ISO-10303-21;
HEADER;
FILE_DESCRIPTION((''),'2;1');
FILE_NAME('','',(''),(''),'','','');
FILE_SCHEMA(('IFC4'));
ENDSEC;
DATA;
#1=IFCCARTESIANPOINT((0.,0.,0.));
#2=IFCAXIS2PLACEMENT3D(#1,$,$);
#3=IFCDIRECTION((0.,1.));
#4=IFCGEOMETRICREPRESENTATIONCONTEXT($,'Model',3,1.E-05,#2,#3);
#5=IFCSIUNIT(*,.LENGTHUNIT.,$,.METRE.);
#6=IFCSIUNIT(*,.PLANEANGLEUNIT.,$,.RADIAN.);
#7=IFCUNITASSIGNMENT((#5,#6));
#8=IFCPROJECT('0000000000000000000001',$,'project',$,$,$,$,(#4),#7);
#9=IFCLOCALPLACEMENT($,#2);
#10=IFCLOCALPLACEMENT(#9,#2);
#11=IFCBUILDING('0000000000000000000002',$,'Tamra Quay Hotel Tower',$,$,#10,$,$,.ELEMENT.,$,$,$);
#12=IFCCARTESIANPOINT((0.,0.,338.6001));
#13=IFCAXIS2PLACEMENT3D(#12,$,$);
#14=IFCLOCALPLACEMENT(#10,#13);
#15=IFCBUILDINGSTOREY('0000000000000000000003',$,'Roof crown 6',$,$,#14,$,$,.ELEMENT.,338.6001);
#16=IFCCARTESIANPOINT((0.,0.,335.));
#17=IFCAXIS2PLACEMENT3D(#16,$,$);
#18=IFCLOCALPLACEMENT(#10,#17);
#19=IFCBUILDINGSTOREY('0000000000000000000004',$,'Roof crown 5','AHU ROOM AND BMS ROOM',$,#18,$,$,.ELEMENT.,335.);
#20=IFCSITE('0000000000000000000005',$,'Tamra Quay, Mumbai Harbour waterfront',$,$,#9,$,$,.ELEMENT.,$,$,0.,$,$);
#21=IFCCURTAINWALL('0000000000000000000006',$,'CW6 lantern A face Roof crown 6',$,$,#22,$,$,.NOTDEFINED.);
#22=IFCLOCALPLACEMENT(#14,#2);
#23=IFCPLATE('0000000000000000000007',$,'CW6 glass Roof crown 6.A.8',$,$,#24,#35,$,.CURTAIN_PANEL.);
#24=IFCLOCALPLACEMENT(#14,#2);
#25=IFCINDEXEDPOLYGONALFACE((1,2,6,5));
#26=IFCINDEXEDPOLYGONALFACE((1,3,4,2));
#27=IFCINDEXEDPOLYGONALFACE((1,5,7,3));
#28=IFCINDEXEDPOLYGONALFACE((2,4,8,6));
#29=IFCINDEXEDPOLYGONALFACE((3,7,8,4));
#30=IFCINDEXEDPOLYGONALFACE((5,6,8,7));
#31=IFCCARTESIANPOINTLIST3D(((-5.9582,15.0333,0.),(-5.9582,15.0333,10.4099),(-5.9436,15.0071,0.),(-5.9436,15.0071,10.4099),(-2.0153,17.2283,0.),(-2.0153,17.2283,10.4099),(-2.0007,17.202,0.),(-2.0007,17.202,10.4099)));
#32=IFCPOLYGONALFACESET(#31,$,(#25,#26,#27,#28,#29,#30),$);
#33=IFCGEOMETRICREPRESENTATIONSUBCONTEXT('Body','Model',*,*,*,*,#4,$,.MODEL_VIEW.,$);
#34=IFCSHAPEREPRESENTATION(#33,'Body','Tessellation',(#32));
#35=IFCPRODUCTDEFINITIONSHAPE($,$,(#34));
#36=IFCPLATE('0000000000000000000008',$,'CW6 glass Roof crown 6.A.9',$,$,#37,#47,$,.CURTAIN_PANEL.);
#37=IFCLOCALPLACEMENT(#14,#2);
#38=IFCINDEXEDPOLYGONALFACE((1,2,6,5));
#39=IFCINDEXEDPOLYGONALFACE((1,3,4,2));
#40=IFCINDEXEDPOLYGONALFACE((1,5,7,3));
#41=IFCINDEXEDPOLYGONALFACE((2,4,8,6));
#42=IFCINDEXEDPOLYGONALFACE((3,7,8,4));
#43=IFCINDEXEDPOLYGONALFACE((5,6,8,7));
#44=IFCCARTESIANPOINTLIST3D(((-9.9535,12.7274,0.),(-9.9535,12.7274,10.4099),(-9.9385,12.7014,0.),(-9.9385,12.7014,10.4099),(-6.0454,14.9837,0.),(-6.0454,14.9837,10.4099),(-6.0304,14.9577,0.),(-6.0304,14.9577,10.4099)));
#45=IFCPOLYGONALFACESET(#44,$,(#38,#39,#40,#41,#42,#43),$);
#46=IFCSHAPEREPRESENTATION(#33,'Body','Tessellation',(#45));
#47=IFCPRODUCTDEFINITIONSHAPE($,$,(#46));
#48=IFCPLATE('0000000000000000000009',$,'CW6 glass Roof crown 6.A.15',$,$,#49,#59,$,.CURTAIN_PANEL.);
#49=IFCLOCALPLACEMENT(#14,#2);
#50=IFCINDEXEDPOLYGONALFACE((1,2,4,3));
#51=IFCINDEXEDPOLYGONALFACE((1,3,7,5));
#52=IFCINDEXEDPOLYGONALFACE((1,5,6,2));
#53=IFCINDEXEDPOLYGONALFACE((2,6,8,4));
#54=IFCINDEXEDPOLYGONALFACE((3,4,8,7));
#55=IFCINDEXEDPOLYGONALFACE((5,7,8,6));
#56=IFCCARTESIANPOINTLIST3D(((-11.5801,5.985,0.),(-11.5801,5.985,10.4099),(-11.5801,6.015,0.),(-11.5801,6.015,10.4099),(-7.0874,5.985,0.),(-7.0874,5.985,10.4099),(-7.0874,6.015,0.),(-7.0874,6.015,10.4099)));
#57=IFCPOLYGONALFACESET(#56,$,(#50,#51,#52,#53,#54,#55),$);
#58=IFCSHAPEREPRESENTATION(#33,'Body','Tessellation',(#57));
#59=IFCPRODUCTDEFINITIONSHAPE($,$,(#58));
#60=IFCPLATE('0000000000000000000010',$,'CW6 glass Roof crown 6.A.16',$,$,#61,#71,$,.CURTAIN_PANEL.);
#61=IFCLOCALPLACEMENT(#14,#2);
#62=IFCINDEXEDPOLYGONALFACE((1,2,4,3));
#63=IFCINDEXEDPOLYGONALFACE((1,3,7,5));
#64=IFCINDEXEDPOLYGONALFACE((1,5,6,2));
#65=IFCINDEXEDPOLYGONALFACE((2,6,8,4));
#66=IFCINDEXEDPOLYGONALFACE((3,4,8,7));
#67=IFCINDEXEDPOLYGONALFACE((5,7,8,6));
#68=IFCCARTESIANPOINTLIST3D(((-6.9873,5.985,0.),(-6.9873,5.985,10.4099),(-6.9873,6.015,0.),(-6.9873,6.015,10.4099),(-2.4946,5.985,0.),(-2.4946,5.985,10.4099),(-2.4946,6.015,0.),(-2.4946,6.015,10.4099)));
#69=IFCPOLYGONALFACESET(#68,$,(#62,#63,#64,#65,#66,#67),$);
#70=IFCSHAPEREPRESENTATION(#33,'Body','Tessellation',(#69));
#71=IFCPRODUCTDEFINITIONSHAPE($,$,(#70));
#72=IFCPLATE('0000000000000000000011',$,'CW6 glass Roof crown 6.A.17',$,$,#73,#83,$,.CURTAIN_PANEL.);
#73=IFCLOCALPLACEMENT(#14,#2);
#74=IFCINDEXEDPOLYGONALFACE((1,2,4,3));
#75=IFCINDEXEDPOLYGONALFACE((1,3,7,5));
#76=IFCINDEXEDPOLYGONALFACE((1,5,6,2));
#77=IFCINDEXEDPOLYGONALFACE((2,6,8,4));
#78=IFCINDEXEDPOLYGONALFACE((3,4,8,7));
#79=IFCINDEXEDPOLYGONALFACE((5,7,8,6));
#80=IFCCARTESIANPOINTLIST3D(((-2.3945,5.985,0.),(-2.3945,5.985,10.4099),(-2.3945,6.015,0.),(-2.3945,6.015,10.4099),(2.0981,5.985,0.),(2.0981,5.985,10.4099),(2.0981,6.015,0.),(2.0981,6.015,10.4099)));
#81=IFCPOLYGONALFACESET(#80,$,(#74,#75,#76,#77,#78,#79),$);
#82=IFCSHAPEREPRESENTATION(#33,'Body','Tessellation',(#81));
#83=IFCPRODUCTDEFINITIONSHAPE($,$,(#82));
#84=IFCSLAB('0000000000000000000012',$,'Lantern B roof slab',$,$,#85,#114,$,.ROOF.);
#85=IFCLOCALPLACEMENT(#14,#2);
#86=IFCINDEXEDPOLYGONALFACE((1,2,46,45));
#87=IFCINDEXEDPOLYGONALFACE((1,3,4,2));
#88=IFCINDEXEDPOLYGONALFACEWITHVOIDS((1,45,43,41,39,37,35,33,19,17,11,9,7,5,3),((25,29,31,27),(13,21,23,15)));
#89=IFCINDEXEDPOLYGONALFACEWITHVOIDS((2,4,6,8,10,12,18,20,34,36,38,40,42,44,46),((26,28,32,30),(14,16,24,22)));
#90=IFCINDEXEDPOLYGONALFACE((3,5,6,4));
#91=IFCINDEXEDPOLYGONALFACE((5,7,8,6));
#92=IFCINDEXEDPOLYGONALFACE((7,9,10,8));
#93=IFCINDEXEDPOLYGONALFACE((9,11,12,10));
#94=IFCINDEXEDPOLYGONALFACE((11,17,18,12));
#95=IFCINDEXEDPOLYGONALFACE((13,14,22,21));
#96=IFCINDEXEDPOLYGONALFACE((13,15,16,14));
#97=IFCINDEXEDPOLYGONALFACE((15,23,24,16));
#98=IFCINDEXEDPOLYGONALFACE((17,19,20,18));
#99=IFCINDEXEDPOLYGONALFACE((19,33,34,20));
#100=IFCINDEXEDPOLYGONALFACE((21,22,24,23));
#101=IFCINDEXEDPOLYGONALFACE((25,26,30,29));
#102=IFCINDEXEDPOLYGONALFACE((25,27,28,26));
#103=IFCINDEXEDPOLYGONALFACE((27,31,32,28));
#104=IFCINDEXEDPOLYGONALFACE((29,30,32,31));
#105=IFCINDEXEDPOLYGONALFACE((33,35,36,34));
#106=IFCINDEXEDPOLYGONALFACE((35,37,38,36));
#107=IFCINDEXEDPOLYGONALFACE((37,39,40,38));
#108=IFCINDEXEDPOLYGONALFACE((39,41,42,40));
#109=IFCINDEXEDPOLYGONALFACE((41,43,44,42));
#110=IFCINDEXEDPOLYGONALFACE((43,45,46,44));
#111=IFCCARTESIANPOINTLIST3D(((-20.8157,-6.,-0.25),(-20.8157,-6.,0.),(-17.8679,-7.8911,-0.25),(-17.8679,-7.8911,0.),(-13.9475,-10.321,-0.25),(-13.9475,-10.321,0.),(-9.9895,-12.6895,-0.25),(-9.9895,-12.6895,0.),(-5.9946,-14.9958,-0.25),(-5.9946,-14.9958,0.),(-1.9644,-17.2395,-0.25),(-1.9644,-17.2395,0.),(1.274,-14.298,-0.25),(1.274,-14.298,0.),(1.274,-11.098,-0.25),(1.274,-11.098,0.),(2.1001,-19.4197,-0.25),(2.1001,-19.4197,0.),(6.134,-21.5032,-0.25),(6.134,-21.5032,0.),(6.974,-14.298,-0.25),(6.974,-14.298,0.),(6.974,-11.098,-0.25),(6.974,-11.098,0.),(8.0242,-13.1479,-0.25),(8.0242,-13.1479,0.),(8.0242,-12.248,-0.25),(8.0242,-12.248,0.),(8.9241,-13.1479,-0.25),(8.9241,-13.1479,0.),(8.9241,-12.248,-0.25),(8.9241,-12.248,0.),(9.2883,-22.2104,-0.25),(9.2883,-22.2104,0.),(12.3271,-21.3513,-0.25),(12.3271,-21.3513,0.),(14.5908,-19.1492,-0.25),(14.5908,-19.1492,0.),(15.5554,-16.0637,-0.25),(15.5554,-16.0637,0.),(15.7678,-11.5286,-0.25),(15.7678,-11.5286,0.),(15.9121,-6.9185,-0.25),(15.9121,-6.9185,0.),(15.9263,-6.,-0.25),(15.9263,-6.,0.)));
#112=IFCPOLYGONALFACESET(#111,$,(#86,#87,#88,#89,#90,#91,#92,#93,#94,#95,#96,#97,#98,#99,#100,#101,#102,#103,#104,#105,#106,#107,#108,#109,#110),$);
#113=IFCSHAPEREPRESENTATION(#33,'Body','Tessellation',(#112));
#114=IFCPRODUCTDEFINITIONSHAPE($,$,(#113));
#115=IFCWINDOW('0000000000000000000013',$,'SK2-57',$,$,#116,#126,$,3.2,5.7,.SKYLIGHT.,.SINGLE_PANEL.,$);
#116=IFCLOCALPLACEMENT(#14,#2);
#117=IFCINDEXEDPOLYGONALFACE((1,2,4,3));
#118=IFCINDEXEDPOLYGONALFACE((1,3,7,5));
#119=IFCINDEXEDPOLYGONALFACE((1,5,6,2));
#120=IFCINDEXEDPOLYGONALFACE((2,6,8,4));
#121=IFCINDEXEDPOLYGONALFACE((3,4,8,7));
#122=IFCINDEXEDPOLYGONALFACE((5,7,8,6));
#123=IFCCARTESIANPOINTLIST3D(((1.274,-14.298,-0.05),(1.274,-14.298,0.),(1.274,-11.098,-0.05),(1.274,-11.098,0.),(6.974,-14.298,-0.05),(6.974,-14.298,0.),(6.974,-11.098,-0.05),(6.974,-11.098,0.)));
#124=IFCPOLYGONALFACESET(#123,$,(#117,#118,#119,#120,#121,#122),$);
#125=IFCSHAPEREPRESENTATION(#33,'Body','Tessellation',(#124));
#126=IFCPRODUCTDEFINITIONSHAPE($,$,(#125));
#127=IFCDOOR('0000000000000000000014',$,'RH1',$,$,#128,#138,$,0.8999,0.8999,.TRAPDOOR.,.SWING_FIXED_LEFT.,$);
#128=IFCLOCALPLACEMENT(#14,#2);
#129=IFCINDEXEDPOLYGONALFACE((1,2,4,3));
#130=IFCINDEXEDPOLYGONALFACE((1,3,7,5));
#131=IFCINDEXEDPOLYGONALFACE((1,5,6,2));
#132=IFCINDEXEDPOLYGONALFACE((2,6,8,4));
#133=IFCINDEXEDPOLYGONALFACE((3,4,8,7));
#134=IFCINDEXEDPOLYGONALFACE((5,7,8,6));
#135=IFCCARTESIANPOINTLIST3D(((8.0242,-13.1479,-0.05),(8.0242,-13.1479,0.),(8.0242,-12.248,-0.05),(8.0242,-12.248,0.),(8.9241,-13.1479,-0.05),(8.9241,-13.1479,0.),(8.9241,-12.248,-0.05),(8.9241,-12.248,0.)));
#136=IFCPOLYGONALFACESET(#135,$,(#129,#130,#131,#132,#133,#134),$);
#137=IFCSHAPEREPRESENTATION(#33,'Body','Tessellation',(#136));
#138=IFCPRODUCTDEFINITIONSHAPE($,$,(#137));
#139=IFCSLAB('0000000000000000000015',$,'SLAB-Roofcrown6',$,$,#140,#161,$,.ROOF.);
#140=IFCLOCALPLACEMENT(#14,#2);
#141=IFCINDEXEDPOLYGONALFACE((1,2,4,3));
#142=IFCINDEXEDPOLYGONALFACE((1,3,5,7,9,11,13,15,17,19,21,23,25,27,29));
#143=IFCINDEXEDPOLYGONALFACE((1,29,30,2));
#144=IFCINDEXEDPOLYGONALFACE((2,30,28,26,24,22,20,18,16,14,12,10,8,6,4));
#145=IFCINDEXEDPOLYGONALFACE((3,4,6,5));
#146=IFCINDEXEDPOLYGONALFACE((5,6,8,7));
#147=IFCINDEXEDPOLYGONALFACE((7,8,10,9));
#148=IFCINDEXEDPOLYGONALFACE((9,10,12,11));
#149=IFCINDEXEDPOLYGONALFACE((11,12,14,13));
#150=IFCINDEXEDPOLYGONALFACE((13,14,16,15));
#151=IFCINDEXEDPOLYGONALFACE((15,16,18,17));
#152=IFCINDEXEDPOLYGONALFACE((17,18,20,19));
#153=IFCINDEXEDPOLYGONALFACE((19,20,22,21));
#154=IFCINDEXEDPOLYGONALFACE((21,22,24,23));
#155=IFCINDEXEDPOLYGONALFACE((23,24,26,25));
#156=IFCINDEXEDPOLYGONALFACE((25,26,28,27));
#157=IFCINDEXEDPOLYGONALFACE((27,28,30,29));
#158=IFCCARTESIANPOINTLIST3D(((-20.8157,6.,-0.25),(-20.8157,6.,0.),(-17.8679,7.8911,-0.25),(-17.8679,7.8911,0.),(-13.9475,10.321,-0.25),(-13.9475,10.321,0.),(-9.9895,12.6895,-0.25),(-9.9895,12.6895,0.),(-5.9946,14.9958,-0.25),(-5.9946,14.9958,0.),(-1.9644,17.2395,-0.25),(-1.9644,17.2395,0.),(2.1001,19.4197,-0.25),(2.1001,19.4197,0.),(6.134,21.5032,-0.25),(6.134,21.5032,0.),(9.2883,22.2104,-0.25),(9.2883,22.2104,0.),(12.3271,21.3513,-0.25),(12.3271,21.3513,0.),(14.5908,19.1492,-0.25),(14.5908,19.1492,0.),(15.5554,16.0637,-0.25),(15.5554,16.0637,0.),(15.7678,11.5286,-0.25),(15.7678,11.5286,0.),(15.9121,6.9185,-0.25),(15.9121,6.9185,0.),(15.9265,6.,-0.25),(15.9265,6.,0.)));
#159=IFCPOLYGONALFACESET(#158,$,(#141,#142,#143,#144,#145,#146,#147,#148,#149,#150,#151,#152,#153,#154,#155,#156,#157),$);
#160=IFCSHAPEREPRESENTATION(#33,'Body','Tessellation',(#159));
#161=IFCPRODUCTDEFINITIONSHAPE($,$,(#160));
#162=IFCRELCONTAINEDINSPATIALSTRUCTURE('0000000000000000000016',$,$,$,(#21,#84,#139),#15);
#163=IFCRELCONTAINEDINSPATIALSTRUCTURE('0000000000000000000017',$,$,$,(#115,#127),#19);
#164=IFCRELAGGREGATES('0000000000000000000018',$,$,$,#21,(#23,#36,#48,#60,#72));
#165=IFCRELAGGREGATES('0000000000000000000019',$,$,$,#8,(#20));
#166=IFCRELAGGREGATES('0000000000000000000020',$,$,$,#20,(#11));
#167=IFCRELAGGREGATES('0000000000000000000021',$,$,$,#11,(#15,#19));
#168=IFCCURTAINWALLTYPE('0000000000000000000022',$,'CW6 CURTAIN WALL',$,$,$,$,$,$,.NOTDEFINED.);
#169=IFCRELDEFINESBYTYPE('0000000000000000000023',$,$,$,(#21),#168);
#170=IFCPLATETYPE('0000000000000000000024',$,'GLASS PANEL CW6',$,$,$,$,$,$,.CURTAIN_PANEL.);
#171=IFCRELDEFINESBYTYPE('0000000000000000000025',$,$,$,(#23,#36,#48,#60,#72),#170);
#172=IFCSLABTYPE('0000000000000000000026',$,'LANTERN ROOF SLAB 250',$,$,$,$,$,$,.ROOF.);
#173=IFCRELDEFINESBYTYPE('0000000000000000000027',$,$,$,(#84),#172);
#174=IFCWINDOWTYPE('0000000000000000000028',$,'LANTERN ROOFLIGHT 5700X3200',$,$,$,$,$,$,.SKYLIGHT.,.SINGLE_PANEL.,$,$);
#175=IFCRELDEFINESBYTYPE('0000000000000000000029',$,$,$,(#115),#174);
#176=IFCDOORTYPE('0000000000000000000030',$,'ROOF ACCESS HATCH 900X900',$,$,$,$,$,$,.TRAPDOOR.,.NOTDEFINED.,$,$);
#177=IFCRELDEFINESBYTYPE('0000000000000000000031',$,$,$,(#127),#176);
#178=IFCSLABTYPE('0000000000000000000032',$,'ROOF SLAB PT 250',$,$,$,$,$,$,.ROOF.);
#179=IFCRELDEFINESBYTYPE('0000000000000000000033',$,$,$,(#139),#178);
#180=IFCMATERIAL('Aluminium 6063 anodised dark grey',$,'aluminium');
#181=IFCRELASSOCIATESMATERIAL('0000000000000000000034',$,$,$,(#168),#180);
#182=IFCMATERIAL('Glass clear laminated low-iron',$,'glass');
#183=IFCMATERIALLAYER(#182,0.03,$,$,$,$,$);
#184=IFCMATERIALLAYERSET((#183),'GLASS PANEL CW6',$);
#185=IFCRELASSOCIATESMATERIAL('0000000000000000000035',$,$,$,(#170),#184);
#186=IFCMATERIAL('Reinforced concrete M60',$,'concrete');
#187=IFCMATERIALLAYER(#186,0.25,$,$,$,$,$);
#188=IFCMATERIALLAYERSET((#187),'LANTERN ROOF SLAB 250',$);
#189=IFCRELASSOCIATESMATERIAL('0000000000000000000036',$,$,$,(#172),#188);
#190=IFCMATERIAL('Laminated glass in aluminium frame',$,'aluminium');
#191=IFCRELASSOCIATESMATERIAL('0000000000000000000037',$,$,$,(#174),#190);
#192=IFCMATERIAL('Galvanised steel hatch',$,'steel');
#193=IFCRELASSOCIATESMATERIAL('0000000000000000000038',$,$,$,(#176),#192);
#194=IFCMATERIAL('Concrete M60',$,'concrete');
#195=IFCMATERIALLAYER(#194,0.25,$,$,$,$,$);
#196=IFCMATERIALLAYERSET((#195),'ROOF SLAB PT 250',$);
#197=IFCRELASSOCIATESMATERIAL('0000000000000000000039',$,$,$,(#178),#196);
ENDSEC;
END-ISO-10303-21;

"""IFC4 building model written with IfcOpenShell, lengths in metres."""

from ifc_helpers import new_model, si_unit, direction, frame, origin, origin_2d, place, context, subcontext, project, spatial, polyline, rectangle, outline, extrude, material, layer, layer_set, type_object, element, fill, aggregate, save


model = new_model("IFC4")

# Units and contexts
model_context = context("Model", 3, precision=1e-05, world=origin(), true_north=direction((0.0, 1.0)))
body_context = subcontext(model_context, "Body", "Model", "MODEL_VIEW")
ifc_project = project(units=[si_unit("LENGTHUNIT", "METRE"), si_unit("PLANEANGLEUNIT", "RADIAN")], contexts=[model_context])

# Site, building, storey
site_placement = place(None, origin())
site = spatial("IfcSite", under=ifc_project, at=site_placement, Name="Tamra Quay, Mumbai Harbour waterfront", CompositionType="ELEMENT", RefElevation=0.0)
building_placement = place(site_placement, origin())
building = spatial("IfcBuilding", under=site, at=building_placement, Name="Tamra Quay Hotel Tower", CompositionType="ELEMENT")
storey_1_placement = place(building_placement, frame((0.0, 0.0, 338.6001)))
storey_1 = spatial("IfcBuildingStorey", under=building, at=storey_1_placement, Name="Roof crown 6", CompositionType="ELEMENT", Elevation=338.6001)

# Curtain wall, plates
ifc_material_1 = material(Name="Aluminium 6063 anodised dark grey", Category="aluminium")
curtain_wall_type = type_object("IfcCurtainWallType", Name="CW6 CURTAIN WALL", PredefinedType="NOTDEFINED", material=ifc_material_1)
curtain_wall_placement = place(storey_1_placement, origin())
curtain_wall = element("IfcCurtainWall", 1, at=curtain_wall_placement, inside=storey_1, type_object=curtain_wall_type, Name="CW6 lantern A face Roof crown 6", PredefinedType="NOTDEFINED")
ifc_material_2 = material(Name="Glass clear laminated low-iron", Category="glass")
ifc_layer_1 = layer(ifc_material_2, 0.03)
ifc_layer_set_1 = layer_set([ifc_layer_1], Name="GLASS PANEL CW6")
plate_type = type_object("IfcPlateType", Name="GLASS PANEL CW6", PredefinedType="CURTAIN_PANEL", material=ifc_layer_set_1)
plate_1_placement = place(storey_1_placement, frame((-3.9795, 16.1177, 0.0), z_axis=(0.0, 0.0, 1.0), x_axis=(-0.873736, -0.486401, 0.0)))
plate_1 = element("IfcPlate", 2, at=plate_1_placement, type_object=plate_type, Name="CW6 glass Roof crown 6.A.8", PredefinedType="CURTAIN_PANEL", context=body_context, shape_type="SweptSolid", body=[
    extrude(rectangle(XDim=4.5127, YDim=0.03, at=origin_2d()), origin(), (0.0, 0.0, 1.0), 10.4099),
])
plate_2_placement = place(storey_1_placement, frame((-7.9919, 13.8425, 0.0), z_axis=(0.0, 0.0, 1.0), x_axis=(-0.866025, -0.5, 0.0)))
plate_2 = element("IfcPlate", 3, at=plate_2_placement, type_object=plate_type, Name="CW6 glass Roof crown 6.A.9", PredefinedType="CURTAIN_PANEL", context=body_context, shape_type="SweptSolid", body=[
    extrude(rectangle(XDim=4.5127, YDim=0.03, at=origin_2d()), origin(), (0.0, 0.0, 1.0), 10.4099),
])
plate_3_placement = place(storey_1_placement, frame((-9.3337, 6.0, 0.0), z_axis=(0.0, 0.0, 1.0), x_axis=(1.0, 0.0, 0.0)))
plate_3 = element("IfcPlate", 4, at=plate_3_placement, type_object=plate_type, Name="CW6 glass Roof crown 6.A.15", PredefinedType="CURTAIN_PANEL", context=body_context, shape_type="SweptSolid", body=[
    extrude(rectangle(XDim=4.4927, YDim=0.03, at=origin_2d()), origin(), (0.0, 0.0, 1.0), 10.4099),
])
plate_4_placement = place(storey_1_placement, frame((-4.741, 6.0, 0.0), z_axis=(0.0, 0.0, 1.0), x_axis=(1.0, 0.0, 0.0)))
plate_4 = element("IfcPlate", 5, at=plate_4_placement, type_object=plate_type, Name="CW6 glass Roof crown 6.A.16", PredefinedType="CURTAIN_PANEL", context=body_context, shape_type="SweptSolid", body=[
    extrude(rectangle(XDim=4.4927, YDim=0.03, at=origin_2d()), origin(), (0.0, 0.0, 1.0), 10.4099),
])
plate_5_placement = place(storey_1_placement, frame((-0.1482, 6.0, 0.0), z_axis=(0.0, 0.0, 1.0), x_axis=(1.0, 0.0, 0.0)))
plate_5 = element("IfcPlate", 6, at=plate_5_placement, type_object=plate_type, Name="CW6 glass Roof crown 6.A.17", PredefinedType="CURTAIN_PANEL", context=body_context, shape_type="SweptSolid", body=[
    extrude(rectangle(XDim=4.4927, YDim=0.03, at=origin_2d()), origin(), (0.0, 0.0, 1.0), 10.4099),
])
aggregate(curtain_wall, [plate_1, plate_2, plate_3, plate_4, plate_5])

# Slab, openings
ifc_material_3 = material(Name="Reinforced concrete M60", Category="concrete")
ifc_layer_2 = layer(ifc_material_3, 0.25)
ifc_layer_set_2 = layer_set([ifc_layer_2], Name="LANTERN ROOF SLAB 250")
slab_type_1 = type_object("IfcSlabType", Name="LANTERN ROOF SLAB 250", PredefinedType="ROOF", material=ifc_layer_set_2)
slab_1_placement = place(storey_1_placement, frame((0.0, 0.0, -0.25)))
slab_1 = element("IfcSlab", 7, at=slab_1_placement, inside=storey_1, type_object=slab_type_1, Name="Lantern B roof slab", PredefinedType="ROOF", context=body_context, shape_type="SweptSolid", body=[
    extrude(outline(polyline([(15.9121, -6.9185), (15.9263, -6.0), (-20.8157, -6.0), (-17.8679, -7.8911), (-13.9475, -10.321), (-9.9895, -12.6895), (-5.9946, -14.9958), (-1.9644, -17.2395), (2.1001, -19.4197), (6.134, -21.5032), (9.2883, -22.2104), (12.3271, -21.3513), (14.5908, -19.1492), (15.5554, -16.0637), (15.7678, -11.5286), (15.9121, -6.9185)])), origin(), (0.0, 0.0, 1.0), 0.25),
])
opening_1_placement = place(slab_1_placement, frame((4.124, -12.698, 0.0)))
opening_1 = element("IfcOpeningElement", 8, at=opening_1_placement, cuts=slab_1, PredefinedType="OPENING", context=body_context, shape_type="SweptSolid", body=[
    extrude(rectangle(XDim=5.7, YDim=3.2, at=origin_2d()), origin(), (0.0, 0.0, 1.0), 0.25),
])
opening_2_placement = place(slab_1_placement, frame((8.4741, -12.698, 0.0)))
opening_2 = element("IfcOpeningElement", 9, at=opening_2_placement, cuts=slab_1, PredefinedType="OPENING", context=body_context, shape_type="SweptSolid", body=[
    extrude(rectangle(XDim=0.8999, YDim=0.8999, at=origin_2d()), origin(), (0.0, 0.0, 1.0), 0.25),
])

# Shared definitions
storey_2_placement = place(building_placement, frame((0.0, 0.0, 335.0)))
storey_2 = spatial("IfcBuildingStorey", under=building, at=storey_2_placement, Name="Roof crown 5", Description="AHU ROOM AND BMS ROOM", CompositionType="ELEMENT", Elevation=335.0)

# Window
ifc_material_4 = material(Name="Laminated glass in aluminium frame", Category="aluminium")
window_type = type_object("IfcWindowType", Name="LANTERN ROOFLIGHT 5700X3200", PartitioningType="SINGLE_PANEL", PredefinedType="SKYLIGHT", material=ifc_material_4)
window_placement = place(opening_1_placement, frame((0.0, 0.0, 0.2)))
window = element("IfcWindow", 10, at=window_placement, inside=storey_2, type_object=window_type, Name="SK2-57", OverallHeight=3.2, OverallWidth=5.7, PartitioningType="SINGLE_PANEL", PredefinedType="SKYLIGHT", context=body_context, shape_type="SweptSolid", body=[
    extrude(rectangle(XDim=5.7, YDim=3.2, at=origin_2d()), origin(), (0.0, 0.0, 1.0), 0.05),
])
fill(opening_1, window)

# Door
ifc_material_5 = material(Name="Galvanised steel hatch", Category="steel")
door_type = type_object("IfcDoorType", Name="ROOF ACCESS HATCH 900X900", OperationType="NOTDEFINED", PredefinedType="TRAPDOOR", material=ifc_material_5)
door_placement = place(opening_2_placement, frame((0.0, 0.0, 0.2)))
door = element("IfcDoor", 11, at=door_placement, inside=storey_2, type_object=door_type, Name="RH1", OperationType="SWING_FIXED_LEFT", OverallHeight=0.8999, OverallWidth=0.8999, PredefinedType="TRAPDOOR", context=body_context, shape_type="SweptSolid", body=[
    extrude(rectangle(XDim=0.8999, YDim=0.8999, at=origin_2d()), origin(), (0.0, 0.0, 1.0), 0.05),
])
fill(opening_2, door)

# Slab
ifc_material_6 = material(Name="Concrete M60", Category="concrete")
ifc_layer_3 = layer(ifc_material_6, 0.25)
ifc_layer_set_3 = layer_set([ifc_layer_3], Name="ROOF SLAB PT 250")
slab_type_2 = type_object("IfcSlabType", Name="ROOF SLAB PT 250", PredefinedType="ROOF", material=ifc_layer_set_3)
slab_2_placement = place(storey_1_placement, frame((0.0, 0.0, -0.25)))
element("IfcSlab", 12, at=slab_2_placement, inside=storey_1, type_object=slab_type_2, Name="SLAB-Roofcrown6", PredefinedType="ROOF", context=body_context, shape_type="SweptSolid", body=[
    extrude(outline(polyline([(15.7678, 11.5286), (15.9121, 6.9185), (15.9265, 6.0), (-20.8157, 6.0), (-17.8679, 7.8911), (-13.9475, 10.321), (-9.9895, 12.6895), (-5.9946, 14.9958), (-1.9644, 17.2395), (2.1001, 19.4197), (6.134, 21.5032), (9.2883, 22.2104), (12.3271, 21.3513), (14.5908, 19.1492), (15.5554, 16.0637), (15.7678, 11.5286)])), origin(), (0.0, 0.0, 1.0), 0.25),
])

save(model, "model.ifc")
